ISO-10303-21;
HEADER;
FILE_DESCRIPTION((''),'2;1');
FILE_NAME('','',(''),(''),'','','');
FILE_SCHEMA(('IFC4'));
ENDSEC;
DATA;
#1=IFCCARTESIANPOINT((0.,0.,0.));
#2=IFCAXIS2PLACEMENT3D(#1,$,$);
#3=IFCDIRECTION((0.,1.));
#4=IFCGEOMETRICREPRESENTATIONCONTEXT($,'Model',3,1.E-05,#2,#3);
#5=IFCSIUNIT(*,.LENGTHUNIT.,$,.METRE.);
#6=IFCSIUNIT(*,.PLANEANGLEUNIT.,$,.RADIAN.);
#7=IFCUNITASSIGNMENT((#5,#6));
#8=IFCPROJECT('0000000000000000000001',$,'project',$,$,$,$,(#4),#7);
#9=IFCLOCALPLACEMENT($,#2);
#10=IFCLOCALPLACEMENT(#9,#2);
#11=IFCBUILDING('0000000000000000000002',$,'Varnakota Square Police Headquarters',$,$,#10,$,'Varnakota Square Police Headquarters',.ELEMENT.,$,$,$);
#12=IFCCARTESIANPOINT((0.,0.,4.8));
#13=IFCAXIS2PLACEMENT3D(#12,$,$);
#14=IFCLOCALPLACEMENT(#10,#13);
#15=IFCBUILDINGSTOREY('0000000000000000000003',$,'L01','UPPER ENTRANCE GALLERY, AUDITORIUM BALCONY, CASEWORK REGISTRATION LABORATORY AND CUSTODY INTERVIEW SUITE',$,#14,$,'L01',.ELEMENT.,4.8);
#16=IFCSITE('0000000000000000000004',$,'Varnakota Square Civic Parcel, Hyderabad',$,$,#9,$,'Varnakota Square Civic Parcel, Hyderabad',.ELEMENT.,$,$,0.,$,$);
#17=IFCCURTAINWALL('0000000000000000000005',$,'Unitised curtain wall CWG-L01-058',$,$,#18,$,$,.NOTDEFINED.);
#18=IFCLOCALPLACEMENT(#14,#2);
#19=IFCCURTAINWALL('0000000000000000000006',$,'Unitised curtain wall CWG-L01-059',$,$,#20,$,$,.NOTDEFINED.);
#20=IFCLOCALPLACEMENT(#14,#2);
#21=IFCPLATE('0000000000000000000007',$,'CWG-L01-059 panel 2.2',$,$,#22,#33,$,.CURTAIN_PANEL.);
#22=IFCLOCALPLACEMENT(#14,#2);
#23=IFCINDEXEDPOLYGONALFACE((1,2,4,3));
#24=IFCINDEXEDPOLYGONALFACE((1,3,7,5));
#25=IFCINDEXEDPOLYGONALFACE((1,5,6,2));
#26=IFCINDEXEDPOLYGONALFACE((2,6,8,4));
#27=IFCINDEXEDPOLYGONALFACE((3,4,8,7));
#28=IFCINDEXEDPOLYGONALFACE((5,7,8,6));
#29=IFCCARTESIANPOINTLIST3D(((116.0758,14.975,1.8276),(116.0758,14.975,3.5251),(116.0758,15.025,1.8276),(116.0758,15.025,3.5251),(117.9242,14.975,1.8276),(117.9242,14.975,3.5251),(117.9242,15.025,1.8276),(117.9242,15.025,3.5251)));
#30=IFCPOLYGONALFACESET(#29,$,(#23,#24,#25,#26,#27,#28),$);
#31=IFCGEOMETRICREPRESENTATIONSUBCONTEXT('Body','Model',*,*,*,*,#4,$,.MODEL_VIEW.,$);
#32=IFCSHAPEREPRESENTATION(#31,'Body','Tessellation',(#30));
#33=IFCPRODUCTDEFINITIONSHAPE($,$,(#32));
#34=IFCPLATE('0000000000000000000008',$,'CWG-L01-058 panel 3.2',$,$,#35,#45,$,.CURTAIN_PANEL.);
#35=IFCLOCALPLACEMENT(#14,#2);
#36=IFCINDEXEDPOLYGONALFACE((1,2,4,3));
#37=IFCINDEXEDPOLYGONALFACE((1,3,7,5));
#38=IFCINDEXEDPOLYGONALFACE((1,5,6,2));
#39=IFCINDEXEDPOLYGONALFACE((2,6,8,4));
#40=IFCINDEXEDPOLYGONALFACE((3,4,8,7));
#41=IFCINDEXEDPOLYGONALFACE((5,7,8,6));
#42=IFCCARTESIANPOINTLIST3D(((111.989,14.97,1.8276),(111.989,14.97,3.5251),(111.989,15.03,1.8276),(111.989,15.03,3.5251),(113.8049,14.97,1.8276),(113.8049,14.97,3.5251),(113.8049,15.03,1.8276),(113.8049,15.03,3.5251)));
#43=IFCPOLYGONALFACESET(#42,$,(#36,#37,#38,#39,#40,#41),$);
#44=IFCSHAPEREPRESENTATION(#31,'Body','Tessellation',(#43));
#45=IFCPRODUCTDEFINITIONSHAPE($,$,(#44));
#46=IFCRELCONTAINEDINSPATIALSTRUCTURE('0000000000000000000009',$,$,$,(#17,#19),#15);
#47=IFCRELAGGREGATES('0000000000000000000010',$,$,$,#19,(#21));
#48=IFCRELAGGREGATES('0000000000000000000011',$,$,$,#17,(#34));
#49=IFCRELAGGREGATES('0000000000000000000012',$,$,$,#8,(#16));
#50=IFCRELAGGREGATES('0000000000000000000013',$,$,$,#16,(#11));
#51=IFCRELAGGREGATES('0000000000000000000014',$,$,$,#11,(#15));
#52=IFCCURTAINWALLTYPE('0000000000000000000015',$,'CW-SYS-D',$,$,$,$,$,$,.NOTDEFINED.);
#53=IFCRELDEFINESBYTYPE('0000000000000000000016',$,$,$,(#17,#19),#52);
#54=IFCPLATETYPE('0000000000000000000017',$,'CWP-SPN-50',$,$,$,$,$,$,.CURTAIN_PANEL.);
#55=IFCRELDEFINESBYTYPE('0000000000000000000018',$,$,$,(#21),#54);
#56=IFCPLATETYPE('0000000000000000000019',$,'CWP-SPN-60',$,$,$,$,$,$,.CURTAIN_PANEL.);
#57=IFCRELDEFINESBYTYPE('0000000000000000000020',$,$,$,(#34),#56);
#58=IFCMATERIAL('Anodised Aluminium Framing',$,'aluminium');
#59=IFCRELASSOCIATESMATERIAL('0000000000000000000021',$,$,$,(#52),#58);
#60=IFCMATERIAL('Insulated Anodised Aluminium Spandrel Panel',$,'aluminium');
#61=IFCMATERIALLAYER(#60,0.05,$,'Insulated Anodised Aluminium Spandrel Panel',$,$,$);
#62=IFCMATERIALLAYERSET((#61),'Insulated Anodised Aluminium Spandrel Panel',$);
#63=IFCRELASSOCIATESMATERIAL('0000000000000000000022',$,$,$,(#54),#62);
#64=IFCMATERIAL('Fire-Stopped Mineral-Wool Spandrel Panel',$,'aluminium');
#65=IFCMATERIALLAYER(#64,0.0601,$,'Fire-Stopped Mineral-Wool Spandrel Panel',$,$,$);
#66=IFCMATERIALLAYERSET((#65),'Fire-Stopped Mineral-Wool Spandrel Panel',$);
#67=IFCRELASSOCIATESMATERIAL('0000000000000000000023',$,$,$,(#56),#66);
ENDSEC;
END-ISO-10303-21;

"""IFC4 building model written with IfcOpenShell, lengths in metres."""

from ifc_helpers import new_model, si_unit, direction, frame, origin, origin_2d, place, context, subcontext, project, spatial, rectangle, extrude, material, layer, layer_set, type_object, element, aggregate, save


model = new_model("IFC4")

# Units and contexts
model_context = context("Model", 3, precision=1e-05, world=origin(), true_north=direction((0.0, 1.0)))
body_context = subcontext(model_context, "Body", "Model", "MODEL_VIEW")
ifc_project = project(units=[si_unit("LENGTHUNIT", "METRE"), si_unit("PLANEANGLEUNIT", "RADIAN")], contexts=[model_context])

# Site, building, storey
site_placement = place(None, origin())
site = spatial("IfcSite", under=ifc_project, at=site_placement, Name="Varnakota Square Civic Parcel, Hyderabad", LongName="Varnakota Square Civic Parcel, Hyderabad", CompositionType="ELEMENT", RefElevation=0.0)
building_placement = place(site_placement, origin())
building = spatial("IfcBuilding", under=site, at=building_placement, Name="Varnakota Square Police Headquarters", LongName="Varnakota Square Police Headquarters", CompositionType="ELEMENT")
storey_placement = place(building_placement, frame((0.0, 0.0, 4.8)))
storey = spatial("IfcBuildingStorey", under=building, at=storey_placement, Name="L01", Description="UPPER ENTRANCE GALLERY, AUDITORIUM BALCONY, CASEWORK REGISTRATION LABORATORY AND CUSTODY INTERVIEW SUITE", LongName="L01", CompositionType="ELEMENT", Elevation=4.8)

# Curtain wall
ifc_material_1 = material(Name="Anodised Aluminium Framing", Category="aluminium")
curtain_wall_type = type_object("IfcCurtainWallType", Name="CW-SYS-D", PredefinedType="NOTDEFINED", material=ifc_material_1)
curtain_wall_1_placement = place(storey_placement, origin())
curtain_wall_1 = element("IfcCurtainWall", 1, at=curtain_wall_1_placement, inside=storey, type_object=curtain_wall_type, Name="Unitised curtain wall CWG-L01-058", PredefinedType="NOTDEFINED")

# Curtain wall, plate
curtain_wall_2_placement = place(storey_placement, origin())
curtain_wall_2 = element("IfcCurtainWall", 2, at=curtain_wall_2_placement, inside=storey, type_object=curtain_wall_type, Name="Unitised curtain wall CWG-L01-059", PredefinedType="NOTDEFINED")
ifc_material_2 = material(Name="Insulated Anodised Aluminium Spandrel Panel", Category="aluminium")
ifc_layer_1 = layer(ifc_material_2, 0.05, Name="Insulated Anodised Aluminium Spandrel Panel")
ifc_layer_set_1 = layer_set([ifc_layer_1], Name="Insulated Anodised Aluminium Spandrel Panel")
plate_type_1 = type_object("IfcPlateType", Name="CWP-SPN-50", PredefinedType="CURTAIN_PANEL", material=ifc_layer_set_1)
plate_1_placement = place(storey_placement, frame((117.0, 15.0, 1.8276), z_axis=(0.0, 0.0, 1.0), x_axis=(1.0, 0.0, 0.0)))
plate_1 = element("IfcPlate", 3, at=plate_1_placement, type_object=plate_type_1, Name="CWG-L01-059 panel 2.2", PredefinedType="CURTAIN_PANEL", context=body_context, shape_type="SweptSolid", body=[
    extrude(rectangle(XDim=1.8484, YDim=0.05, at=origin_2d()), origin(), (0.0, 0.0, 1.0), 1.6975),
])
aggregate(curtain_wall_2, [plate_1])

# Plate
ifc_material_3 = material(Name="Fire-Stopped Mineral-Wool Spandrel Panel", Category="aluminium")
ifc_layer_2 = layer(ifc_material_3, 0.0601, Name="Fire-Stopped Mineral-Wool Spandrel Panel")
ifc_layer_set_2 = layer_set([ifc_layer_2], Name="Fire-Stopped Mineral-Wool Spandrel Panel")
plate_type_2 = type_object("IfcPlateType", Name="CWP-SPN-60", PredefinedType="CURTAIN_PANEL", material=ifc_layer_set_2)
plate_2_placement = place(storey_placement, frame((112.897, 15.0, 1.8276), z_axis=(0.0, 0.0, 1.0), x_axis=(1.0, 0.0, 0.0)))
plate_2 = element("IfcPlate", 4, at=plate_2_placement, type_object=plate_type_2, Name="CWG-L01-058 panel 3.2", PredefinedType="CURTAIN_PANEL", context=body_context, shape_type="SweptSolid", body=[
    extrude(rectangle(XDim=1.8159, YDim=0.0601, at=origin_2d()), origin(), (0.0, 0.0, 1.0), 1.6975),
])
aggregate(curtain_wall_1, [plate_2])

save(model, "model.ifc")
